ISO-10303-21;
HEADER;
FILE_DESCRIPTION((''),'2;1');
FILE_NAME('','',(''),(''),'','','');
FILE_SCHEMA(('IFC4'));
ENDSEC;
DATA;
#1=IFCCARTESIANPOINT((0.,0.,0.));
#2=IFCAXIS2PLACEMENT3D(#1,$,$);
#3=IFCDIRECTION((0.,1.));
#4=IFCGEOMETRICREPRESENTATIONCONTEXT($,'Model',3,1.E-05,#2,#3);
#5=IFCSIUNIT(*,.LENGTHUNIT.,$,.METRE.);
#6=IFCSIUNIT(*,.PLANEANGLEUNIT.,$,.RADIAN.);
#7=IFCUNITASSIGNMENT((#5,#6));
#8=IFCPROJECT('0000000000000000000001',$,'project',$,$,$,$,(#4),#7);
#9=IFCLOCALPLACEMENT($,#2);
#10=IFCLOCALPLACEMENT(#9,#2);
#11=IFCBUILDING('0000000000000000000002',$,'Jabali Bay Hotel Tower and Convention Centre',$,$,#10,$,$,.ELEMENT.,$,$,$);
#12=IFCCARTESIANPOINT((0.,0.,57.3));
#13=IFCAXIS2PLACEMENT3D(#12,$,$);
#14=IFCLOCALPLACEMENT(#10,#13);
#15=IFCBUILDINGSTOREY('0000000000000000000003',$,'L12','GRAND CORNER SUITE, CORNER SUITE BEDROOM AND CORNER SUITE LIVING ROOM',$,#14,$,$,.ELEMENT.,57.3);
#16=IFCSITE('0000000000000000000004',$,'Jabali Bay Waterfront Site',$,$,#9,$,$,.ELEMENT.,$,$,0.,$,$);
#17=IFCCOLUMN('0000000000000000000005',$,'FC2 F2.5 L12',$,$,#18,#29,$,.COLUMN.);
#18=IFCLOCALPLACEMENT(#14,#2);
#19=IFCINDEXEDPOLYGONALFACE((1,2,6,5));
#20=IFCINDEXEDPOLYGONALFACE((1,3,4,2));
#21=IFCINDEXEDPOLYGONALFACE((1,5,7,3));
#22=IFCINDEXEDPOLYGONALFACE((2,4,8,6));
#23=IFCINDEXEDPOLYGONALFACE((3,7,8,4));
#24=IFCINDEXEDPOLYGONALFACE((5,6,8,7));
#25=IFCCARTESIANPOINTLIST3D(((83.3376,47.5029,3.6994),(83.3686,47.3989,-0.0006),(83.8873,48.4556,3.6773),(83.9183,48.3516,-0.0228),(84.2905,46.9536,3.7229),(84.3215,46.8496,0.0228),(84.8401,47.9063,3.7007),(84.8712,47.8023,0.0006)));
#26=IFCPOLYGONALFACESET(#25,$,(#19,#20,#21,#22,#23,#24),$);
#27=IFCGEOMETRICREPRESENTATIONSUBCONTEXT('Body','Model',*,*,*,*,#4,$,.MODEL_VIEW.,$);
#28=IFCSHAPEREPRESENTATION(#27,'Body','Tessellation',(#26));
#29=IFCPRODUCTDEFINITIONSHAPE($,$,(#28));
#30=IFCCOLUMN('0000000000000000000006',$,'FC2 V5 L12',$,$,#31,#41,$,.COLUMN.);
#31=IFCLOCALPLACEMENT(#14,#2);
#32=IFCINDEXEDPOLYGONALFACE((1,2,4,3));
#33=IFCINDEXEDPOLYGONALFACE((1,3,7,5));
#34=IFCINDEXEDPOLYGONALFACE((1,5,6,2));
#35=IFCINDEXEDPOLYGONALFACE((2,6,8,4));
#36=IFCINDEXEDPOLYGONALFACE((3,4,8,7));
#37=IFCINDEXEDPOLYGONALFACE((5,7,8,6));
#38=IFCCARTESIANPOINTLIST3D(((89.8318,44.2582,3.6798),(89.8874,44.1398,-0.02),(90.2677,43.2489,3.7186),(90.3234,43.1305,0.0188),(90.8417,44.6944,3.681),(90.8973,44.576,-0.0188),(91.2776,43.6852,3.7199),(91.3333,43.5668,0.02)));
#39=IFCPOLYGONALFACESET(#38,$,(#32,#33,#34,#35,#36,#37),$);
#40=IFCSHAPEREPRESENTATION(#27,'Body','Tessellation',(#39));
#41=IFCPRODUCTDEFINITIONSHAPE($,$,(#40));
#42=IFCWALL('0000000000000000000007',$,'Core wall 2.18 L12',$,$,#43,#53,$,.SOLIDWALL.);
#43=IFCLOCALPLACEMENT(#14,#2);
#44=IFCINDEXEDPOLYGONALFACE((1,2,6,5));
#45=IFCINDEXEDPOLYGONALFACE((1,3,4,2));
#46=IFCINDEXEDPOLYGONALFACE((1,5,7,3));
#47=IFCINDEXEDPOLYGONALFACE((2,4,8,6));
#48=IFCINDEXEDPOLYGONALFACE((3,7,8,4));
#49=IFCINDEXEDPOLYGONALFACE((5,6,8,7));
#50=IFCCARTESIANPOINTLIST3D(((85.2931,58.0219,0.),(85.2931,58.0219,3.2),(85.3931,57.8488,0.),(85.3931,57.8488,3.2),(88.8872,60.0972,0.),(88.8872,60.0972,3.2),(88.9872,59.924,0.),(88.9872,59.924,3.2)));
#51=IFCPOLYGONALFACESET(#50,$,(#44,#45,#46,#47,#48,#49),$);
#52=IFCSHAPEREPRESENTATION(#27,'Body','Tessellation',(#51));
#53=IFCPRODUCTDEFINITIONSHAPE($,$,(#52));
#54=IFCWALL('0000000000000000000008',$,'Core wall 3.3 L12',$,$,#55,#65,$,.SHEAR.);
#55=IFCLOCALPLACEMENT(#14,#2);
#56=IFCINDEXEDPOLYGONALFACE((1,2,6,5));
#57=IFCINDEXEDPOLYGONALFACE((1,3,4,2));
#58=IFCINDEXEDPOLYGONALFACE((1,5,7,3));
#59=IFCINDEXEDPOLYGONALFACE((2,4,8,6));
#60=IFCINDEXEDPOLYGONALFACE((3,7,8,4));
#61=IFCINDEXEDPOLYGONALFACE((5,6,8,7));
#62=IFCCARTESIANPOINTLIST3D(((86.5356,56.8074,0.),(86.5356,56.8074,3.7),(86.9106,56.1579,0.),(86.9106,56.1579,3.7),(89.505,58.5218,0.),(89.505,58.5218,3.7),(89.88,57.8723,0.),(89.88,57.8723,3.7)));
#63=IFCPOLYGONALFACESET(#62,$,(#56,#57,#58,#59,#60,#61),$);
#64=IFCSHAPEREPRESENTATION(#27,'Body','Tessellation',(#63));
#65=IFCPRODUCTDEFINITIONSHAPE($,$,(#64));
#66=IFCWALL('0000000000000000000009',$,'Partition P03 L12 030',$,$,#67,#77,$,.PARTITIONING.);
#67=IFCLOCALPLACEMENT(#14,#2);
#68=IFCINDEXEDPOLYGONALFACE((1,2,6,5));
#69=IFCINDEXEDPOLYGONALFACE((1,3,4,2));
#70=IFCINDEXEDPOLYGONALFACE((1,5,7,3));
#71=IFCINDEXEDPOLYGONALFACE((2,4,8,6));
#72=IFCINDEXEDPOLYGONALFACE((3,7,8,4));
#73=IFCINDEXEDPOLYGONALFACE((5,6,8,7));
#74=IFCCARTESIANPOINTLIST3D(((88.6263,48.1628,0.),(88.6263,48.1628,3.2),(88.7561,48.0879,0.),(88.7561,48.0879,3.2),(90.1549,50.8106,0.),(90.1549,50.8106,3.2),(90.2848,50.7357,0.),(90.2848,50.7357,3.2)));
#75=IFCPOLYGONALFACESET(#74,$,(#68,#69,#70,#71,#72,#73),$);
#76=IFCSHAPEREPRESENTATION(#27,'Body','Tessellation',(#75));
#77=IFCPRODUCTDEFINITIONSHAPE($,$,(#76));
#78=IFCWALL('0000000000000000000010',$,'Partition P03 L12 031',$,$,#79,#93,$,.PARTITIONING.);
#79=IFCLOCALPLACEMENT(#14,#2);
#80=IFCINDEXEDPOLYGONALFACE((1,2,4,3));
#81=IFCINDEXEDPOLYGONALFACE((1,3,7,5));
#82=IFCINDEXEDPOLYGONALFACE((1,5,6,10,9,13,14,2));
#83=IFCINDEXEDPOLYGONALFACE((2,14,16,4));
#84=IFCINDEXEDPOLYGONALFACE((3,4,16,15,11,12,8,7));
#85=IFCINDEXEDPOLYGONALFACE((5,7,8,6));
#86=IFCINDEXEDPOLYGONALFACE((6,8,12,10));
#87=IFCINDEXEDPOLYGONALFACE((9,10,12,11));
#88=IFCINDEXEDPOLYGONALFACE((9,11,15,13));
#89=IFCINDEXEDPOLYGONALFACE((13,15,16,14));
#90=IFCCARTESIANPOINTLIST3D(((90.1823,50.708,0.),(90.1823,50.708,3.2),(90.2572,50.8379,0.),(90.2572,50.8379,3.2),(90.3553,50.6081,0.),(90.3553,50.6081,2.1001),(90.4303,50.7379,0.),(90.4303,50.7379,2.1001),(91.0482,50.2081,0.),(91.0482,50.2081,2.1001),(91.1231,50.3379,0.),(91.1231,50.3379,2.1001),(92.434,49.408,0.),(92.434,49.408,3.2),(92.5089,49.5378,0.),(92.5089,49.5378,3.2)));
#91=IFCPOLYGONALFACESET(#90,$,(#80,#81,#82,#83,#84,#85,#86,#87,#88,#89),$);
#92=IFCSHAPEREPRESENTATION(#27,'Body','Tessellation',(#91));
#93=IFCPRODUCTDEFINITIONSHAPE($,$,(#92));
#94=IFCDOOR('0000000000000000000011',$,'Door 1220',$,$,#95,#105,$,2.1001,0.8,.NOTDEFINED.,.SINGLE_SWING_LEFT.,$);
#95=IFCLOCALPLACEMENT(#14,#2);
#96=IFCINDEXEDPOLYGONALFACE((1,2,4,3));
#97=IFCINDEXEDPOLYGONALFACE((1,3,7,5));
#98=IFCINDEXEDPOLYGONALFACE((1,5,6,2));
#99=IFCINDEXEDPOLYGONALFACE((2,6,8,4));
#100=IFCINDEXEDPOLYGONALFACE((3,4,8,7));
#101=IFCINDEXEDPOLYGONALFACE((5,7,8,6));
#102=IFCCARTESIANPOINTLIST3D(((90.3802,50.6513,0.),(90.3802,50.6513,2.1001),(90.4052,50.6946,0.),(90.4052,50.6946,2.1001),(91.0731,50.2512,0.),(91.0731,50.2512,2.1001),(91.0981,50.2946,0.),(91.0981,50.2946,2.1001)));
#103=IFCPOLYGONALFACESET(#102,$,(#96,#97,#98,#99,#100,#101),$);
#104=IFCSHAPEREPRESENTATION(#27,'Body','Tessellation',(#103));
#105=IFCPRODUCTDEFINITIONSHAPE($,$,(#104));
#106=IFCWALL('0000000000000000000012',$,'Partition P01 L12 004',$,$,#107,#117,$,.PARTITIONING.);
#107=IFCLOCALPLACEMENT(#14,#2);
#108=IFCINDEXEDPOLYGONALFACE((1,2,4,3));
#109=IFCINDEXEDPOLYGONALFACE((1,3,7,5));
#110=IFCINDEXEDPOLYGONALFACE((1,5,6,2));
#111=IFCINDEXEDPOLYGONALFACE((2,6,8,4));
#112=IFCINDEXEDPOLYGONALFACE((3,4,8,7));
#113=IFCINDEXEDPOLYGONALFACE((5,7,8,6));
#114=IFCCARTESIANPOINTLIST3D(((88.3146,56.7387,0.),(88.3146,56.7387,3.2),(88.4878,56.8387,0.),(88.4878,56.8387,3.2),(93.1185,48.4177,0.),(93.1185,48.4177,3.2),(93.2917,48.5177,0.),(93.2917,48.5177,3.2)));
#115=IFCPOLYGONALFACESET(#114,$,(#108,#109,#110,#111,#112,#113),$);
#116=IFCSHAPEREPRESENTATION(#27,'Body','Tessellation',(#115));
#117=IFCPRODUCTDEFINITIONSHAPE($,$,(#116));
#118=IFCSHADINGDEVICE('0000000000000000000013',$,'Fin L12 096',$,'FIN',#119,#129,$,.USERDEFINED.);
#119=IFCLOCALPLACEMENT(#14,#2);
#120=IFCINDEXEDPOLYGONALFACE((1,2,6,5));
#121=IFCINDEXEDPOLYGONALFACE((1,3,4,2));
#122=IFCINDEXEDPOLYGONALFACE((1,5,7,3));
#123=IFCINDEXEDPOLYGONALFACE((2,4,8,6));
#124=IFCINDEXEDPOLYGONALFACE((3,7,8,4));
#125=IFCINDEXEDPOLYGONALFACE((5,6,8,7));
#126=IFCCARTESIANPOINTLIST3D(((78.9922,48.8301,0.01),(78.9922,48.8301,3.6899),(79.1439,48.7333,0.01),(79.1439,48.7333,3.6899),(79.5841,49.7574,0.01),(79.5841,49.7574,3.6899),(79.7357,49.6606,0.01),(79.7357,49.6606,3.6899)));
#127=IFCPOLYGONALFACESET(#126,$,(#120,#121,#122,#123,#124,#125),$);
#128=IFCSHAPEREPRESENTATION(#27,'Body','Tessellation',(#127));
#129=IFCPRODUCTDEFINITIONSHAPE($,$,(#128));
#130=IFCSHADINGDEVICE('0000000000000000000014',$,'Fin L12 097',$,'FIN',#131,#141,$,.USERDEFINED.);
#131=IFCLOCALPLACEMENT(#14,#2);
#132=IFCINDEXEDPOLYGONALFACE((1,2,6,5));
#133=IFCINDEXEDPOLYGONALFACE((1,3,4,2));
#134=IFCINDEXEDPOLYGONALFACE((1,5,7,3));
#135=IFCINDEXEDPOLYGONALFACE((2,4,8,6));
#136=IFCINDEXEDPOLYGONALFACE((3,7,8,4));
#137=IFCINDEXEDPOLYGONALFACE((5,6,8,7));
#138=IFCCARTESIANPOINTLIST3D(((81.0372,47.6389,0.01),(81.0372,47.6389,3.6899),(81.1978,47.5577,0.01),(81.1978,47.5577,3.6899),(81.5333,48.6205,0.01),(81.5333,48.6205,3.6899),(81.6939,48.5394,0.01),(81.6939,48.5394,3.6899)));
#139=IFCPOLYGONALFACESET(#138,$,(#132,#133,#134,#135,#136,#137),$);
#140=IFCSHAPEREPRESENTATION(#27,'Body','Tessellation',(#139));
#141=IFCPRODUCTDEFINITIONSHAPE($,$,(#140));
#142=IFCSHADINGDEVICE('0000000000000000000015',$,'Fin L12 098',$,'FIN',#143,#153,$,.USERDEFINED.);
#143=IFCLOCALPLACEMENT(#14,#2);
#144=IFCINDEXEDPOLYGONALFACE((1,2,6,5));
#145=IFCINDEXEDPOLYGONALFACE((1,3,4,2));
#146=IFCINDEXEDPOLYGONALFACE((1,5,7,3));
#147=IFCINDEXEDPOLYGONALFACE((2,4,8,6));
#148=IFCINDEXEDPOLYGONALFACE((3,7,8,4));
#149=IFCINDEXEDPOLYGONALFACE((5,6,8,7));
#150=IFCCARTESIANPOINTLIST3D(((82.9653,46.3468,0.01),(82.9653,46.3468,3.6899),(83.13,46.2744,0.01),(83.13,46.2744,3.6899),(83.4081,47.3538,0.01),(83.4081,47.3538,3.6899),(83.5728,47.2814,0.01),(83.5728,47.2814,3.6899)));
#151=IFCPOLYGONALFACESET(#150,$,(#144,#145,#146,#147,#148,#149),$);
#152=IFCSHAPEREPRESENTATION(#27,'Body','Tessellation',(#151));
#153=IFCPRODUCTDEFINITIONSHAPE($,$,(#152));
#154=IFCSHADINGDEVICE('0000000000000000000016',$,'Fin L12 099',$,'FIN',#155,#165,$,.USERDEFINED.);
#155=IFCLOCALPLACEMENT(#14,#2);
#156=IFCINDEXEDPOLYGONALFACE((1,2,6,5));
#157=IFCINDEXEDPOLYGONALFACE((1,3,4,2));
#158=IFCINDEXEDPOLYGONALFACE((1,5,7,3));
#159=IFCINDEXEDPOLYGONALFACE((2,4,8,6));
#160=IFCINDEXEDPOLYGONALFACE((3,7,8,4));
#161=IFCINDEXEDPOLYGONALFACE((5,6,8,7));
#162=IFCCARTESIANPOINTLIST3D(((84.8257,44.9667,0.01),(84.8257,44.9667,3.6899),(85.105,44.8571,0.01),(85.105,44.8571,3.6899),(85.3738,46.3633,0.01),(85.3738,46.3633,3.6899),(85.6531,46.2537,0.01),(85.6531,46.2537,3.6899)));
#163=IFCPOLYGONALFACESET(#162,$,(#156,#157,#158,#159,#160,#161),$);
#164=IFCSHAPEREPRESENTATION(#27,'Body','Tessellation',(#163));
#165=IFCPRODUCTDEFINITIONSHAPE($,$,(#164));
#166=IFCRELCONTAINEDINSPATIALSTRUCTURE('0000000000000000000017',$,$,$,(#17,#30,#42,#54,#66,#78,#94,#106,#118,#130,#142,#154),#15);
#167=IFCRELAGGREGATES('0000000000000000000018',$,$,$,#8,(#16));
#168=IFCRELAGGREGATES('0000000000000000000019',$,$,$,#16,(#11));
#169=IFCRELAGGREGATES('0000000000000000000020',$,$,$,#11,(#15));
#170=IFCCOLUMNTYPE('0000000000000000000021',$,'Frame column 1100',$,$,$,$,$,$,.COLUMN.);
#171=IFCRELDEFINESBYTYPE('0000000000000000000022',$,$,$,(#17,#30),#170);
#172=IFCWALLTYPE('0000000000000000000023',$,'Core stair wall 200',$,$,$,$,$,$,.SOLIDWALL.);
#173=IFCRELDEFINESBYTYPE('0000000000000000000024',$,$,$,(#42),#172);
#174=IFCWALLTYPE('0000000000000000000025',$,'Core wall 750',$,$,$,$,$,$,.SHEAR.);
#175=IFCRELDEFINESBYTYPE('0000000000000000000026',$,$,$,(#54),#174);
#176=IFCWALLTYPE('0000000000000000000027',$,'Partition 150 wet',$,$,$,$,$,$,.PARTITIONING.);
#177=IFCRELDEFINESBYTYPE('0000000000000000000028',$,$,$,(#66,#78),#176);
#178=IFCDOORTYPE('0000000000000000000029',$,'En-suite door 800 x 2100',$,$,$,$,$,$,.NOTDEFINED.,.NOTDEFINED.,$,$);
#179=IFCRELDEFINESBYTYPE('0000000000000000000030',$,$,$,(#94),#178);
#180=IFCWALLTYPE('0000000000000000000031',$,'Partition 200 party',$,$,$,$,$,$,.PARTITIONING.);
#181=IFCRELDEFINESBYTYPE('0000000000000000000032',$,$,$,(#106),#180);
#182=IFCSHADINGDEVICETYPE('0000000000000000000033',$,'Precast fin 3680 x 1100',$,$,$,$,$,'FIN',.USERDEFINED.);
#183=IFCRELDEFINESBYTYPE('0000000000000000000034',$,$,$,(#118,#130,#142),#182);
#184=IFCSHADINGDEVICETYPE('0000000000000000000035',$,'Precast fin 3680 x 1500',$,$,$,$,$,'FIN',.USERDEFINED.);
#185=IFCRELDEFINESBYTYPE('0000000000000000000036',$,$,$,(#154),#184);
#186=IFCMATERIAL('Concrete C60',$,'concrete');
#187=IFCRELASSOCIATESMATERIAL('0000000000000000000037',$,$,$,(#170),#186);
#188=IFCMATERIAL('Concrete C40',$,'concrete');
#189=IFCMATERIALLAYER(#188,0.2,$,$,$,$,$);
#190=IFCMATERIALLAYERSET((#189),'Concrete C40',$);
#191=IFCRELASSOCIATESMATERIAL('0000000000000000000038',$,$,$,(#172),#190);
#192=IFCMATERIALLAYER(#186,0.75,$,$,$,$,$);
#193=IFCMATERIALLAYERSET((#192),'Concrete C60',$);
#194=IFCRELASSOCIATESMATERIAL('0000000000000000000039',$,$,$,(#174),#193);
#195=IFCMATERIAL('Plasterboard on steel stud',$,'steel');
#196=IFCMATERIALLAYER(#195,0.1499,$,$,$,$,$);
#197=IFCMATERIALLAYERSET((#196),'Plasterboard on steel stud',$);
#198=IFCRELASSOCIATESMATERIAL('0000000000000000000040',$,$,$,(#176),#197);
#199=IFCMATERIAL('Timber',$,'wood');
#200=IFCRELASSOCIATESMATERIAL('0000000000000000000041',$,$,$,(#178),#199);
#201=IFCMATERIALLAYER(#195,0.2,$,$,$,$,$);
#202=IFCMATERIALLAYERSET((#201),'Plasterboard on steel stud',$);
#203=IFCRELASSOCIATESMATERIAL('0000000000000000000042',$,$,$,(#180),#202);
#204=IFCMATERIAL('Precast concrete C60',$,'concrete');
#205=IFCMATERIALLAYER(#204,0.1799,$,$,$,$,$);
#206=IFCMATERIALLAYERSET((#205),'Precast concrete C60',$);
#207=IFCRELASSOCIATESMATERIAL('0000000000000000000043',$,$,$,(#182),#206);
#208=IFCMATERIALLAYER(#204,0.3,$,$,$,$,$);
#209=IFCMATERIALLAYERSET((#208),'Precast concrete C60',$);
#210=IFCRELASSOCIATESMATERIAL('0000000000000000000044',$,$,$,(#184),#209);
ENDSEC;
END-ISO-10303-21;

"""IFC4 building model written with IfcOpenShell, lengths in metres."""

from ifc_helpers import new_model, si_unit, direction, frame, frame_2d, origin, origin_2d, place, context, subcontext, project, spatial, rectangle, extrude, material, layer, layer_set, material_profile, profile_set, type_object, element, fill, save


model = new_model("IFC4")

# Units and contexts
model_context = context("Model", 3, precision=1e-05, world=origin(), true_north=direction((0.0, 1.0)))
body_context = subcontext(model_context, "Body", "Model", "MODEL_VIEW")
ifc_project = project(units=[si_unit("LENGTHUNIT", "METRE"), si_unit("PLANEANGLEUNIT", "RADIAN")], contexts=[model_context])

# Site, building, storey
site_placement = place(None, origin())
site = spatial("IfcSite", under=ifc_project, at=site_placement, Name="Jabali Bay Waterfront Site", CompositionType="ELEMENT", RefElevation=0.0)
building_placement = place(site_placement, origin())
building = spatial("IfcBuilding", under=site, at=building_placement, Name="Jabali Bay Hotel Tower and Convention Centre", CompositionType="ELEMENT")
storey_placement = place(building_placement, frame((0.0, 0.0, 57.3)))
storey = spatial("IfcBuildingStorey", under=building, at=storey_placement, Name="L12", Description="GRAND CORNER SUITE, CORNER SUITE BEDROOM AND CORNER SUITE LIVING ROOM", CompositionType="ELEMENT", Elevation=57.3)

# Columns
ifc_material_1 = material(Name="Concrete C60", Category="concrete")
ifc_material_profile = material_profile(ifc_material_1, rectangle(XDim=1.1001, YDim=1.1001, at=origin_2d()), Name="Frame column 1100")
ifc_profile_set = profile_set([ifc_material_profile], Name="Concrete C60")
column_type = type_object("IfcColumnType", Name="Frame column 1100", PredefinedType="COLUMN", material=ifc_profile_set)
column_1_placement = place(storey_placement, frame((84.1199, 47.6006, 0.0), z_axis=(-0.008376, 0.028097, 0.99957), x_axis=(-0.499676, -0.865978, 0.020155)))
element("IfcColumn", 1, at=column_1_placement, inside=storey, type_object=column_type, Name="FC2 F2.5 L12", PredefinedType="COLUMN", context=body_context, shape_type="SweptSolid", body=[
    extrude(rectangle(XDim=1.1001, YDim=1.1001, at=origin_2d()), origin(), (0.0, 0.0, 1.0), 3.7017),
])
column_2_placement = place(storey_placement, frame((90.6104, 43.8533, 0.0), z_axis=(-0.015035, 0.031983, 0.999375), x_axis=(0.396271, -0.917454, 0.035323)))
element("IfcColumn", 2, at=column_2_placement, inside=storey, type_object=column_type, Name="FC2 V5 L12", PredefinedType="COLUMN", context=body_context, shape_type="SweptSolid", body=[
    extrude(rectangle(XDim=1.1001, YDim=1.1001, at=origin_2d()), origin(), (0.0, 0.0, 1.0), 3.7021),
])

# Walls
ifc_material_2 = material(Name="Concrete C40", Category="concrete")
ifc_layer_1 = layer(ifc_material_2, 0.2)
ifc_layer_set_1 = layer_set([ifc_layer_1], Name="Concrete C40")
wall_type_1 = type_object("IfcWallType", Name="Core stair wall 200", PredefinedType="SOLIDWALL", material=ifc_layer_set_1)
wall_1_placement = place(storey_placement, frame((85.343, 57.9353, 0.0), z_axis=(0.0, 0.0, 1.0), x_axis=(0.866004, 0.500036, 0.0)))
element("IfcWall", 3, at=wall_1_placement, inside=storey, type_object=wall_type_1, Name="Core wall 2.18 L12", PredefinedType="SOLIDWALL", context=body_context, shape_type="SweptSolid", body=[
    extrude(rectangle(XDim=4.1501, YDim=0.2, at=frame_2d((2.0752, 0.0))), origin(), (0.0, 0.0, 1.0), 3.2),
])
ifc_layer_2 = layer(ifc_material_1, 0.75)
ifc_layer_set_2 = layer_set([ifc_layer_2], Name="Concrete C60")
wall_type_2 = type_object("IfcWallType", Name="Core wall 750", PredefinedType="SHEAR", material=ifc_layer_set_2)
wall_2_placement = place(storey_placement, frame((86.7231, 56.4827, 0.0), z_axis=(0.0, 0.0, 1.0), x_axis=(0.866017, 0.500014, 0.0)))
element("IfcWall", 4, at=wall_2_placement, inside=storey, type_object=wall_type_2, Name="Core wall 3.3 L12", PredefinedType="SHEAR", context=body_context, shape_type="SweptSolid", body=[
    extrude(rectangle(XDim=3.4287, YDim=0.75, at=frame_2d((1.7144, 0.0))), origin(), (0.0, 0.0, 1.0), 3.7),
])

# Wall
ifc_material_3 = material(Name="Plasterboard on steel stud", Category="steel")
ifc_layer_3 = layer(ifc_material_3, 0.1499)
ifc_layer_set_3 = layer_set([ifc_layer_3], Name="Plasterboard on steel stud")
wall_type_3 = type_object("IfcWallType", Name="Partition 150 wet", PredefinedType="PARTITIONING", material=ifc_layer_set_3)
wall_3_placement = place(storey_placement, frame((88.6912, 48.1252, 0.0), z_axis=(0.0, 0.0, 1.0), x_axis=(0.499978, 0.866038, 0.0)))
element("IfcWall", 5, at=wall_3_placement, inside=storey, type_object=wall_type_3, Name="Partition P03 L12 030", PredefinedType="PARTITIONING", context=body_context, shape_type="SweptSolid", body=[
    extrude(rectangle(XDim=3.0574, YDim=0.1499, at=frame_2d((1.5288, 0.0))), origin(), (0.0, 0.0, 1.0), 3.2),
])

# Wall, opening, door
wall_4_placement = place(storey_placement, frame((90.2197, 50.7729, 0.0), z_axis=(0.0, 0.0, 1.0), x_axis=(0.866021, -0.500007, 0.0)))
wall_4 = element("IfcWall", 6, at=wall_4_placement, inside=storey, type_object=wall_type_3, Name="Partition P03 L12 031", PredefinedType="PARTITIONING", context=body_context, shape_type="SweptSolid", body=[
    extrude(rectangle(XDim=2.6001, YDim=0.1499, at=frame_2d((1.3, 0.0))), origin(), (0.0, 0.0, 1.0), 3.2),
])
opening_1_placement = place(wall_4_placement, frame((0.2, 0.0, 0.0)))
opening_1 = element("IfcOpeningElement", 7, at=opening_1_placement, cuts=wall_4, PredefinedType="OPENING", context=body_context, shape_type="SweptSolid", body=[
    extrude(rectangle(XDim=0.8, YDim=2.1001, at=frame_2d((0.3999, 1.05))), frame((0.0, 0.0854, 0.0), z_axis=(0.0, -1.0, 0.0), x_axis=(1.0, 0.0, 0.0)), (0.0, 0.0, 1.0), 0.1709),
])
ifc_material_4 = material(Name="Timber", Category="wood")
door_type_1 = type_object("IfcDoorType", Name="En-suite door 800 x 2100", OperationType="NOTDEFINED", PredefinedType="NOTDEFINED", material=ifc_material_4)
door_1_placement = place(opening_1_placement, origin())
door_1 = element("IfcDoor", 8, at=door_1_placement, inside=storey, type_object=door_type_1, Name="Door 1220", OperationType="SINGLE_SWING_LEFT", OverallHeight=2.1001, OverallWidth=0.8, PredefinedType="NOTDEFINED", context=body_context, shape_type="SweptSolid", body=[
    extrude(rectangle(XDim=0.8, YDim=2.1001, at=frame_2d((0.3999, 1.05))), frame((0.0, 0.0249, 0.0), z_axis=(0.0, -1.0, 0.0), x_axis=(1.0, 0.0, 0.0)), (0.0, 0.0, 1.0), 0.05),
])
fill(opening_1, door_1)

# Wall
ifc_layer_4 = layer(ifc_material_3, 0.2)
ifc_layer_set_4 = layer_set([ifc_layer_4], Name="Plasterboard on steel stud")
wall_type_4 = type_object("IfcWallType", Name="Partition 200 party", PredefinedType="PARTITIONING", material=ifc_layer_set_4)
wall_5_placement = place(storey_placement, frame((88.4011, 56.7888, 0.0), z_axis=(0.0, 0.0, 1.0), x_axis=(0.499984, -0.866035, 0.0)))
element("IfcWall", 9, at=wall_5_placement, inside=storey, type_object=wall_type_4, Name="Partition P01 L12 004", PredefinedType="PARTITIONING", context=body_context, shape_type="SweptSolid", body=[
    extrude(rectangle(XDim=9.6082, YDim=0.2, at=frame_2d((4.8042, 0.0))), origin(), (0.0, 0.0, 1.0), 3.2),
])

# Shading devices
ifc_material_5 = material(Name="Precast concrete C60", Category="concrete")
ifc_layer_5 = layer(ifc_material_5, 0.1799)
ifc_layer_set_5 = layer_set([ifc_layer_5], Name="Precast concrete C60")
shading_device_type_1 = type_object("IfcShadingDeviceType", Name="Precast fin 3680 x 1100", ElementType="FIN", PredefinedType="USERDEFINED", material=ifc_layer_set_5)
shading_device_1_placement = place(storey_placement, frame((79.6599, 49.709, 0.01), z_axis=(0.0, 0.0, 1.0), x_axis=(-0.537995, -0.842948, 0.0)))
element("IfcShadingDevice", 10, at=shading_device_1_placement, inside=storey, type_object=shading_device_type_1, Name="Fin L12 096", ObjectType="FIN", PredefinedType="USERDEFINED", context=body_context, shape_type="SweptSolid", body=[
    extrude(rectangle(XDim=1.1001, YDim=0.1799, at=frame_2d((0.55, 0.0))), origin(), (0.0, 0.0, 1.0), 3.6799),
])
shading_device_2_placement = place(storey_placement, frame((81.6135, 48.5798, 0.01), z_axis=(0.0, 0.0, 1.0), x_axis=(-0.451027, -0.89251, 0.0)))
element("IfcShadingDevice", 11, at=shading_device_2_placement, inside=storey, type_object=shading_device_type_1, Name="Fin L12 097", ObjectType="FIN", PredefinedType="USERDEFINED", context=body_context, shape_type="SweptSolid", body=[
    extrude(rectangle(XDim=1.0999, YDim=0.1799, at=frame_2d((0.5498, 0.0))), origin(), (0.0, 0.0, 1.0), 3.6799),
])
shading_device_3_placement = place(storey_placement, frame((83.4905, 47.3176, 0.01), z_axis=(0.0, 0.0, 1.0), x_axis=(-0.402553, -0.915397, 0.0)))
element("IfcShadingDevice", 12, at=shading_device_3_placement, inside=storey, type_object=shading_device_type_1, Name="Fin L12 098", ObjectType="FIN", PredefinedType="USERDEFINED", context=body_context, shape_type="SweptSolid", body=[
    extrude(rectangle(XDim=1.1001, YDim=0.1799, at=frame_2d((0.55, 0.0))), origin(), (0.0, 0.0, 1.0), 3.6799),
])
ifc_layer_6 = layer(ifc_material_5, 0.3)
ifc_layer_set_6 = layer_set([ifc_layer_6], Name="Precast concrete C60")
shading_device_type_2 = type_object("IfcShadingDeviceType", Name="Precast fin 3680 x 1500", ElementType="FIN", PredefinedType="USERDEFINED", material=ifc_layer_set_6)
shading_device_4_placement = place(storey_placement, frame((85.5134, 46.3083, 0.01), z_axis=(0.0, 0.0, 1.0), x_axis=(-0.36535, -0.93087, 0.0)))
element("IfcShadingDevice", 13, at=shading_device_4_placement, inside=storey, type_object=shading_device_type_2, Name="Fin L12 099", ObjectType="FIN", PredefinedType="USERDEFINED", context=body_context, shape_type="SweptSolid", body=[
    extrude(rectangle(XDim=1.5002, YDim=0.3, at=frame_2d((0.75, 0.0))), origin(), (0.0, 0.0, 1.0), 3.6799),
])

save(model, "model.ifc")
